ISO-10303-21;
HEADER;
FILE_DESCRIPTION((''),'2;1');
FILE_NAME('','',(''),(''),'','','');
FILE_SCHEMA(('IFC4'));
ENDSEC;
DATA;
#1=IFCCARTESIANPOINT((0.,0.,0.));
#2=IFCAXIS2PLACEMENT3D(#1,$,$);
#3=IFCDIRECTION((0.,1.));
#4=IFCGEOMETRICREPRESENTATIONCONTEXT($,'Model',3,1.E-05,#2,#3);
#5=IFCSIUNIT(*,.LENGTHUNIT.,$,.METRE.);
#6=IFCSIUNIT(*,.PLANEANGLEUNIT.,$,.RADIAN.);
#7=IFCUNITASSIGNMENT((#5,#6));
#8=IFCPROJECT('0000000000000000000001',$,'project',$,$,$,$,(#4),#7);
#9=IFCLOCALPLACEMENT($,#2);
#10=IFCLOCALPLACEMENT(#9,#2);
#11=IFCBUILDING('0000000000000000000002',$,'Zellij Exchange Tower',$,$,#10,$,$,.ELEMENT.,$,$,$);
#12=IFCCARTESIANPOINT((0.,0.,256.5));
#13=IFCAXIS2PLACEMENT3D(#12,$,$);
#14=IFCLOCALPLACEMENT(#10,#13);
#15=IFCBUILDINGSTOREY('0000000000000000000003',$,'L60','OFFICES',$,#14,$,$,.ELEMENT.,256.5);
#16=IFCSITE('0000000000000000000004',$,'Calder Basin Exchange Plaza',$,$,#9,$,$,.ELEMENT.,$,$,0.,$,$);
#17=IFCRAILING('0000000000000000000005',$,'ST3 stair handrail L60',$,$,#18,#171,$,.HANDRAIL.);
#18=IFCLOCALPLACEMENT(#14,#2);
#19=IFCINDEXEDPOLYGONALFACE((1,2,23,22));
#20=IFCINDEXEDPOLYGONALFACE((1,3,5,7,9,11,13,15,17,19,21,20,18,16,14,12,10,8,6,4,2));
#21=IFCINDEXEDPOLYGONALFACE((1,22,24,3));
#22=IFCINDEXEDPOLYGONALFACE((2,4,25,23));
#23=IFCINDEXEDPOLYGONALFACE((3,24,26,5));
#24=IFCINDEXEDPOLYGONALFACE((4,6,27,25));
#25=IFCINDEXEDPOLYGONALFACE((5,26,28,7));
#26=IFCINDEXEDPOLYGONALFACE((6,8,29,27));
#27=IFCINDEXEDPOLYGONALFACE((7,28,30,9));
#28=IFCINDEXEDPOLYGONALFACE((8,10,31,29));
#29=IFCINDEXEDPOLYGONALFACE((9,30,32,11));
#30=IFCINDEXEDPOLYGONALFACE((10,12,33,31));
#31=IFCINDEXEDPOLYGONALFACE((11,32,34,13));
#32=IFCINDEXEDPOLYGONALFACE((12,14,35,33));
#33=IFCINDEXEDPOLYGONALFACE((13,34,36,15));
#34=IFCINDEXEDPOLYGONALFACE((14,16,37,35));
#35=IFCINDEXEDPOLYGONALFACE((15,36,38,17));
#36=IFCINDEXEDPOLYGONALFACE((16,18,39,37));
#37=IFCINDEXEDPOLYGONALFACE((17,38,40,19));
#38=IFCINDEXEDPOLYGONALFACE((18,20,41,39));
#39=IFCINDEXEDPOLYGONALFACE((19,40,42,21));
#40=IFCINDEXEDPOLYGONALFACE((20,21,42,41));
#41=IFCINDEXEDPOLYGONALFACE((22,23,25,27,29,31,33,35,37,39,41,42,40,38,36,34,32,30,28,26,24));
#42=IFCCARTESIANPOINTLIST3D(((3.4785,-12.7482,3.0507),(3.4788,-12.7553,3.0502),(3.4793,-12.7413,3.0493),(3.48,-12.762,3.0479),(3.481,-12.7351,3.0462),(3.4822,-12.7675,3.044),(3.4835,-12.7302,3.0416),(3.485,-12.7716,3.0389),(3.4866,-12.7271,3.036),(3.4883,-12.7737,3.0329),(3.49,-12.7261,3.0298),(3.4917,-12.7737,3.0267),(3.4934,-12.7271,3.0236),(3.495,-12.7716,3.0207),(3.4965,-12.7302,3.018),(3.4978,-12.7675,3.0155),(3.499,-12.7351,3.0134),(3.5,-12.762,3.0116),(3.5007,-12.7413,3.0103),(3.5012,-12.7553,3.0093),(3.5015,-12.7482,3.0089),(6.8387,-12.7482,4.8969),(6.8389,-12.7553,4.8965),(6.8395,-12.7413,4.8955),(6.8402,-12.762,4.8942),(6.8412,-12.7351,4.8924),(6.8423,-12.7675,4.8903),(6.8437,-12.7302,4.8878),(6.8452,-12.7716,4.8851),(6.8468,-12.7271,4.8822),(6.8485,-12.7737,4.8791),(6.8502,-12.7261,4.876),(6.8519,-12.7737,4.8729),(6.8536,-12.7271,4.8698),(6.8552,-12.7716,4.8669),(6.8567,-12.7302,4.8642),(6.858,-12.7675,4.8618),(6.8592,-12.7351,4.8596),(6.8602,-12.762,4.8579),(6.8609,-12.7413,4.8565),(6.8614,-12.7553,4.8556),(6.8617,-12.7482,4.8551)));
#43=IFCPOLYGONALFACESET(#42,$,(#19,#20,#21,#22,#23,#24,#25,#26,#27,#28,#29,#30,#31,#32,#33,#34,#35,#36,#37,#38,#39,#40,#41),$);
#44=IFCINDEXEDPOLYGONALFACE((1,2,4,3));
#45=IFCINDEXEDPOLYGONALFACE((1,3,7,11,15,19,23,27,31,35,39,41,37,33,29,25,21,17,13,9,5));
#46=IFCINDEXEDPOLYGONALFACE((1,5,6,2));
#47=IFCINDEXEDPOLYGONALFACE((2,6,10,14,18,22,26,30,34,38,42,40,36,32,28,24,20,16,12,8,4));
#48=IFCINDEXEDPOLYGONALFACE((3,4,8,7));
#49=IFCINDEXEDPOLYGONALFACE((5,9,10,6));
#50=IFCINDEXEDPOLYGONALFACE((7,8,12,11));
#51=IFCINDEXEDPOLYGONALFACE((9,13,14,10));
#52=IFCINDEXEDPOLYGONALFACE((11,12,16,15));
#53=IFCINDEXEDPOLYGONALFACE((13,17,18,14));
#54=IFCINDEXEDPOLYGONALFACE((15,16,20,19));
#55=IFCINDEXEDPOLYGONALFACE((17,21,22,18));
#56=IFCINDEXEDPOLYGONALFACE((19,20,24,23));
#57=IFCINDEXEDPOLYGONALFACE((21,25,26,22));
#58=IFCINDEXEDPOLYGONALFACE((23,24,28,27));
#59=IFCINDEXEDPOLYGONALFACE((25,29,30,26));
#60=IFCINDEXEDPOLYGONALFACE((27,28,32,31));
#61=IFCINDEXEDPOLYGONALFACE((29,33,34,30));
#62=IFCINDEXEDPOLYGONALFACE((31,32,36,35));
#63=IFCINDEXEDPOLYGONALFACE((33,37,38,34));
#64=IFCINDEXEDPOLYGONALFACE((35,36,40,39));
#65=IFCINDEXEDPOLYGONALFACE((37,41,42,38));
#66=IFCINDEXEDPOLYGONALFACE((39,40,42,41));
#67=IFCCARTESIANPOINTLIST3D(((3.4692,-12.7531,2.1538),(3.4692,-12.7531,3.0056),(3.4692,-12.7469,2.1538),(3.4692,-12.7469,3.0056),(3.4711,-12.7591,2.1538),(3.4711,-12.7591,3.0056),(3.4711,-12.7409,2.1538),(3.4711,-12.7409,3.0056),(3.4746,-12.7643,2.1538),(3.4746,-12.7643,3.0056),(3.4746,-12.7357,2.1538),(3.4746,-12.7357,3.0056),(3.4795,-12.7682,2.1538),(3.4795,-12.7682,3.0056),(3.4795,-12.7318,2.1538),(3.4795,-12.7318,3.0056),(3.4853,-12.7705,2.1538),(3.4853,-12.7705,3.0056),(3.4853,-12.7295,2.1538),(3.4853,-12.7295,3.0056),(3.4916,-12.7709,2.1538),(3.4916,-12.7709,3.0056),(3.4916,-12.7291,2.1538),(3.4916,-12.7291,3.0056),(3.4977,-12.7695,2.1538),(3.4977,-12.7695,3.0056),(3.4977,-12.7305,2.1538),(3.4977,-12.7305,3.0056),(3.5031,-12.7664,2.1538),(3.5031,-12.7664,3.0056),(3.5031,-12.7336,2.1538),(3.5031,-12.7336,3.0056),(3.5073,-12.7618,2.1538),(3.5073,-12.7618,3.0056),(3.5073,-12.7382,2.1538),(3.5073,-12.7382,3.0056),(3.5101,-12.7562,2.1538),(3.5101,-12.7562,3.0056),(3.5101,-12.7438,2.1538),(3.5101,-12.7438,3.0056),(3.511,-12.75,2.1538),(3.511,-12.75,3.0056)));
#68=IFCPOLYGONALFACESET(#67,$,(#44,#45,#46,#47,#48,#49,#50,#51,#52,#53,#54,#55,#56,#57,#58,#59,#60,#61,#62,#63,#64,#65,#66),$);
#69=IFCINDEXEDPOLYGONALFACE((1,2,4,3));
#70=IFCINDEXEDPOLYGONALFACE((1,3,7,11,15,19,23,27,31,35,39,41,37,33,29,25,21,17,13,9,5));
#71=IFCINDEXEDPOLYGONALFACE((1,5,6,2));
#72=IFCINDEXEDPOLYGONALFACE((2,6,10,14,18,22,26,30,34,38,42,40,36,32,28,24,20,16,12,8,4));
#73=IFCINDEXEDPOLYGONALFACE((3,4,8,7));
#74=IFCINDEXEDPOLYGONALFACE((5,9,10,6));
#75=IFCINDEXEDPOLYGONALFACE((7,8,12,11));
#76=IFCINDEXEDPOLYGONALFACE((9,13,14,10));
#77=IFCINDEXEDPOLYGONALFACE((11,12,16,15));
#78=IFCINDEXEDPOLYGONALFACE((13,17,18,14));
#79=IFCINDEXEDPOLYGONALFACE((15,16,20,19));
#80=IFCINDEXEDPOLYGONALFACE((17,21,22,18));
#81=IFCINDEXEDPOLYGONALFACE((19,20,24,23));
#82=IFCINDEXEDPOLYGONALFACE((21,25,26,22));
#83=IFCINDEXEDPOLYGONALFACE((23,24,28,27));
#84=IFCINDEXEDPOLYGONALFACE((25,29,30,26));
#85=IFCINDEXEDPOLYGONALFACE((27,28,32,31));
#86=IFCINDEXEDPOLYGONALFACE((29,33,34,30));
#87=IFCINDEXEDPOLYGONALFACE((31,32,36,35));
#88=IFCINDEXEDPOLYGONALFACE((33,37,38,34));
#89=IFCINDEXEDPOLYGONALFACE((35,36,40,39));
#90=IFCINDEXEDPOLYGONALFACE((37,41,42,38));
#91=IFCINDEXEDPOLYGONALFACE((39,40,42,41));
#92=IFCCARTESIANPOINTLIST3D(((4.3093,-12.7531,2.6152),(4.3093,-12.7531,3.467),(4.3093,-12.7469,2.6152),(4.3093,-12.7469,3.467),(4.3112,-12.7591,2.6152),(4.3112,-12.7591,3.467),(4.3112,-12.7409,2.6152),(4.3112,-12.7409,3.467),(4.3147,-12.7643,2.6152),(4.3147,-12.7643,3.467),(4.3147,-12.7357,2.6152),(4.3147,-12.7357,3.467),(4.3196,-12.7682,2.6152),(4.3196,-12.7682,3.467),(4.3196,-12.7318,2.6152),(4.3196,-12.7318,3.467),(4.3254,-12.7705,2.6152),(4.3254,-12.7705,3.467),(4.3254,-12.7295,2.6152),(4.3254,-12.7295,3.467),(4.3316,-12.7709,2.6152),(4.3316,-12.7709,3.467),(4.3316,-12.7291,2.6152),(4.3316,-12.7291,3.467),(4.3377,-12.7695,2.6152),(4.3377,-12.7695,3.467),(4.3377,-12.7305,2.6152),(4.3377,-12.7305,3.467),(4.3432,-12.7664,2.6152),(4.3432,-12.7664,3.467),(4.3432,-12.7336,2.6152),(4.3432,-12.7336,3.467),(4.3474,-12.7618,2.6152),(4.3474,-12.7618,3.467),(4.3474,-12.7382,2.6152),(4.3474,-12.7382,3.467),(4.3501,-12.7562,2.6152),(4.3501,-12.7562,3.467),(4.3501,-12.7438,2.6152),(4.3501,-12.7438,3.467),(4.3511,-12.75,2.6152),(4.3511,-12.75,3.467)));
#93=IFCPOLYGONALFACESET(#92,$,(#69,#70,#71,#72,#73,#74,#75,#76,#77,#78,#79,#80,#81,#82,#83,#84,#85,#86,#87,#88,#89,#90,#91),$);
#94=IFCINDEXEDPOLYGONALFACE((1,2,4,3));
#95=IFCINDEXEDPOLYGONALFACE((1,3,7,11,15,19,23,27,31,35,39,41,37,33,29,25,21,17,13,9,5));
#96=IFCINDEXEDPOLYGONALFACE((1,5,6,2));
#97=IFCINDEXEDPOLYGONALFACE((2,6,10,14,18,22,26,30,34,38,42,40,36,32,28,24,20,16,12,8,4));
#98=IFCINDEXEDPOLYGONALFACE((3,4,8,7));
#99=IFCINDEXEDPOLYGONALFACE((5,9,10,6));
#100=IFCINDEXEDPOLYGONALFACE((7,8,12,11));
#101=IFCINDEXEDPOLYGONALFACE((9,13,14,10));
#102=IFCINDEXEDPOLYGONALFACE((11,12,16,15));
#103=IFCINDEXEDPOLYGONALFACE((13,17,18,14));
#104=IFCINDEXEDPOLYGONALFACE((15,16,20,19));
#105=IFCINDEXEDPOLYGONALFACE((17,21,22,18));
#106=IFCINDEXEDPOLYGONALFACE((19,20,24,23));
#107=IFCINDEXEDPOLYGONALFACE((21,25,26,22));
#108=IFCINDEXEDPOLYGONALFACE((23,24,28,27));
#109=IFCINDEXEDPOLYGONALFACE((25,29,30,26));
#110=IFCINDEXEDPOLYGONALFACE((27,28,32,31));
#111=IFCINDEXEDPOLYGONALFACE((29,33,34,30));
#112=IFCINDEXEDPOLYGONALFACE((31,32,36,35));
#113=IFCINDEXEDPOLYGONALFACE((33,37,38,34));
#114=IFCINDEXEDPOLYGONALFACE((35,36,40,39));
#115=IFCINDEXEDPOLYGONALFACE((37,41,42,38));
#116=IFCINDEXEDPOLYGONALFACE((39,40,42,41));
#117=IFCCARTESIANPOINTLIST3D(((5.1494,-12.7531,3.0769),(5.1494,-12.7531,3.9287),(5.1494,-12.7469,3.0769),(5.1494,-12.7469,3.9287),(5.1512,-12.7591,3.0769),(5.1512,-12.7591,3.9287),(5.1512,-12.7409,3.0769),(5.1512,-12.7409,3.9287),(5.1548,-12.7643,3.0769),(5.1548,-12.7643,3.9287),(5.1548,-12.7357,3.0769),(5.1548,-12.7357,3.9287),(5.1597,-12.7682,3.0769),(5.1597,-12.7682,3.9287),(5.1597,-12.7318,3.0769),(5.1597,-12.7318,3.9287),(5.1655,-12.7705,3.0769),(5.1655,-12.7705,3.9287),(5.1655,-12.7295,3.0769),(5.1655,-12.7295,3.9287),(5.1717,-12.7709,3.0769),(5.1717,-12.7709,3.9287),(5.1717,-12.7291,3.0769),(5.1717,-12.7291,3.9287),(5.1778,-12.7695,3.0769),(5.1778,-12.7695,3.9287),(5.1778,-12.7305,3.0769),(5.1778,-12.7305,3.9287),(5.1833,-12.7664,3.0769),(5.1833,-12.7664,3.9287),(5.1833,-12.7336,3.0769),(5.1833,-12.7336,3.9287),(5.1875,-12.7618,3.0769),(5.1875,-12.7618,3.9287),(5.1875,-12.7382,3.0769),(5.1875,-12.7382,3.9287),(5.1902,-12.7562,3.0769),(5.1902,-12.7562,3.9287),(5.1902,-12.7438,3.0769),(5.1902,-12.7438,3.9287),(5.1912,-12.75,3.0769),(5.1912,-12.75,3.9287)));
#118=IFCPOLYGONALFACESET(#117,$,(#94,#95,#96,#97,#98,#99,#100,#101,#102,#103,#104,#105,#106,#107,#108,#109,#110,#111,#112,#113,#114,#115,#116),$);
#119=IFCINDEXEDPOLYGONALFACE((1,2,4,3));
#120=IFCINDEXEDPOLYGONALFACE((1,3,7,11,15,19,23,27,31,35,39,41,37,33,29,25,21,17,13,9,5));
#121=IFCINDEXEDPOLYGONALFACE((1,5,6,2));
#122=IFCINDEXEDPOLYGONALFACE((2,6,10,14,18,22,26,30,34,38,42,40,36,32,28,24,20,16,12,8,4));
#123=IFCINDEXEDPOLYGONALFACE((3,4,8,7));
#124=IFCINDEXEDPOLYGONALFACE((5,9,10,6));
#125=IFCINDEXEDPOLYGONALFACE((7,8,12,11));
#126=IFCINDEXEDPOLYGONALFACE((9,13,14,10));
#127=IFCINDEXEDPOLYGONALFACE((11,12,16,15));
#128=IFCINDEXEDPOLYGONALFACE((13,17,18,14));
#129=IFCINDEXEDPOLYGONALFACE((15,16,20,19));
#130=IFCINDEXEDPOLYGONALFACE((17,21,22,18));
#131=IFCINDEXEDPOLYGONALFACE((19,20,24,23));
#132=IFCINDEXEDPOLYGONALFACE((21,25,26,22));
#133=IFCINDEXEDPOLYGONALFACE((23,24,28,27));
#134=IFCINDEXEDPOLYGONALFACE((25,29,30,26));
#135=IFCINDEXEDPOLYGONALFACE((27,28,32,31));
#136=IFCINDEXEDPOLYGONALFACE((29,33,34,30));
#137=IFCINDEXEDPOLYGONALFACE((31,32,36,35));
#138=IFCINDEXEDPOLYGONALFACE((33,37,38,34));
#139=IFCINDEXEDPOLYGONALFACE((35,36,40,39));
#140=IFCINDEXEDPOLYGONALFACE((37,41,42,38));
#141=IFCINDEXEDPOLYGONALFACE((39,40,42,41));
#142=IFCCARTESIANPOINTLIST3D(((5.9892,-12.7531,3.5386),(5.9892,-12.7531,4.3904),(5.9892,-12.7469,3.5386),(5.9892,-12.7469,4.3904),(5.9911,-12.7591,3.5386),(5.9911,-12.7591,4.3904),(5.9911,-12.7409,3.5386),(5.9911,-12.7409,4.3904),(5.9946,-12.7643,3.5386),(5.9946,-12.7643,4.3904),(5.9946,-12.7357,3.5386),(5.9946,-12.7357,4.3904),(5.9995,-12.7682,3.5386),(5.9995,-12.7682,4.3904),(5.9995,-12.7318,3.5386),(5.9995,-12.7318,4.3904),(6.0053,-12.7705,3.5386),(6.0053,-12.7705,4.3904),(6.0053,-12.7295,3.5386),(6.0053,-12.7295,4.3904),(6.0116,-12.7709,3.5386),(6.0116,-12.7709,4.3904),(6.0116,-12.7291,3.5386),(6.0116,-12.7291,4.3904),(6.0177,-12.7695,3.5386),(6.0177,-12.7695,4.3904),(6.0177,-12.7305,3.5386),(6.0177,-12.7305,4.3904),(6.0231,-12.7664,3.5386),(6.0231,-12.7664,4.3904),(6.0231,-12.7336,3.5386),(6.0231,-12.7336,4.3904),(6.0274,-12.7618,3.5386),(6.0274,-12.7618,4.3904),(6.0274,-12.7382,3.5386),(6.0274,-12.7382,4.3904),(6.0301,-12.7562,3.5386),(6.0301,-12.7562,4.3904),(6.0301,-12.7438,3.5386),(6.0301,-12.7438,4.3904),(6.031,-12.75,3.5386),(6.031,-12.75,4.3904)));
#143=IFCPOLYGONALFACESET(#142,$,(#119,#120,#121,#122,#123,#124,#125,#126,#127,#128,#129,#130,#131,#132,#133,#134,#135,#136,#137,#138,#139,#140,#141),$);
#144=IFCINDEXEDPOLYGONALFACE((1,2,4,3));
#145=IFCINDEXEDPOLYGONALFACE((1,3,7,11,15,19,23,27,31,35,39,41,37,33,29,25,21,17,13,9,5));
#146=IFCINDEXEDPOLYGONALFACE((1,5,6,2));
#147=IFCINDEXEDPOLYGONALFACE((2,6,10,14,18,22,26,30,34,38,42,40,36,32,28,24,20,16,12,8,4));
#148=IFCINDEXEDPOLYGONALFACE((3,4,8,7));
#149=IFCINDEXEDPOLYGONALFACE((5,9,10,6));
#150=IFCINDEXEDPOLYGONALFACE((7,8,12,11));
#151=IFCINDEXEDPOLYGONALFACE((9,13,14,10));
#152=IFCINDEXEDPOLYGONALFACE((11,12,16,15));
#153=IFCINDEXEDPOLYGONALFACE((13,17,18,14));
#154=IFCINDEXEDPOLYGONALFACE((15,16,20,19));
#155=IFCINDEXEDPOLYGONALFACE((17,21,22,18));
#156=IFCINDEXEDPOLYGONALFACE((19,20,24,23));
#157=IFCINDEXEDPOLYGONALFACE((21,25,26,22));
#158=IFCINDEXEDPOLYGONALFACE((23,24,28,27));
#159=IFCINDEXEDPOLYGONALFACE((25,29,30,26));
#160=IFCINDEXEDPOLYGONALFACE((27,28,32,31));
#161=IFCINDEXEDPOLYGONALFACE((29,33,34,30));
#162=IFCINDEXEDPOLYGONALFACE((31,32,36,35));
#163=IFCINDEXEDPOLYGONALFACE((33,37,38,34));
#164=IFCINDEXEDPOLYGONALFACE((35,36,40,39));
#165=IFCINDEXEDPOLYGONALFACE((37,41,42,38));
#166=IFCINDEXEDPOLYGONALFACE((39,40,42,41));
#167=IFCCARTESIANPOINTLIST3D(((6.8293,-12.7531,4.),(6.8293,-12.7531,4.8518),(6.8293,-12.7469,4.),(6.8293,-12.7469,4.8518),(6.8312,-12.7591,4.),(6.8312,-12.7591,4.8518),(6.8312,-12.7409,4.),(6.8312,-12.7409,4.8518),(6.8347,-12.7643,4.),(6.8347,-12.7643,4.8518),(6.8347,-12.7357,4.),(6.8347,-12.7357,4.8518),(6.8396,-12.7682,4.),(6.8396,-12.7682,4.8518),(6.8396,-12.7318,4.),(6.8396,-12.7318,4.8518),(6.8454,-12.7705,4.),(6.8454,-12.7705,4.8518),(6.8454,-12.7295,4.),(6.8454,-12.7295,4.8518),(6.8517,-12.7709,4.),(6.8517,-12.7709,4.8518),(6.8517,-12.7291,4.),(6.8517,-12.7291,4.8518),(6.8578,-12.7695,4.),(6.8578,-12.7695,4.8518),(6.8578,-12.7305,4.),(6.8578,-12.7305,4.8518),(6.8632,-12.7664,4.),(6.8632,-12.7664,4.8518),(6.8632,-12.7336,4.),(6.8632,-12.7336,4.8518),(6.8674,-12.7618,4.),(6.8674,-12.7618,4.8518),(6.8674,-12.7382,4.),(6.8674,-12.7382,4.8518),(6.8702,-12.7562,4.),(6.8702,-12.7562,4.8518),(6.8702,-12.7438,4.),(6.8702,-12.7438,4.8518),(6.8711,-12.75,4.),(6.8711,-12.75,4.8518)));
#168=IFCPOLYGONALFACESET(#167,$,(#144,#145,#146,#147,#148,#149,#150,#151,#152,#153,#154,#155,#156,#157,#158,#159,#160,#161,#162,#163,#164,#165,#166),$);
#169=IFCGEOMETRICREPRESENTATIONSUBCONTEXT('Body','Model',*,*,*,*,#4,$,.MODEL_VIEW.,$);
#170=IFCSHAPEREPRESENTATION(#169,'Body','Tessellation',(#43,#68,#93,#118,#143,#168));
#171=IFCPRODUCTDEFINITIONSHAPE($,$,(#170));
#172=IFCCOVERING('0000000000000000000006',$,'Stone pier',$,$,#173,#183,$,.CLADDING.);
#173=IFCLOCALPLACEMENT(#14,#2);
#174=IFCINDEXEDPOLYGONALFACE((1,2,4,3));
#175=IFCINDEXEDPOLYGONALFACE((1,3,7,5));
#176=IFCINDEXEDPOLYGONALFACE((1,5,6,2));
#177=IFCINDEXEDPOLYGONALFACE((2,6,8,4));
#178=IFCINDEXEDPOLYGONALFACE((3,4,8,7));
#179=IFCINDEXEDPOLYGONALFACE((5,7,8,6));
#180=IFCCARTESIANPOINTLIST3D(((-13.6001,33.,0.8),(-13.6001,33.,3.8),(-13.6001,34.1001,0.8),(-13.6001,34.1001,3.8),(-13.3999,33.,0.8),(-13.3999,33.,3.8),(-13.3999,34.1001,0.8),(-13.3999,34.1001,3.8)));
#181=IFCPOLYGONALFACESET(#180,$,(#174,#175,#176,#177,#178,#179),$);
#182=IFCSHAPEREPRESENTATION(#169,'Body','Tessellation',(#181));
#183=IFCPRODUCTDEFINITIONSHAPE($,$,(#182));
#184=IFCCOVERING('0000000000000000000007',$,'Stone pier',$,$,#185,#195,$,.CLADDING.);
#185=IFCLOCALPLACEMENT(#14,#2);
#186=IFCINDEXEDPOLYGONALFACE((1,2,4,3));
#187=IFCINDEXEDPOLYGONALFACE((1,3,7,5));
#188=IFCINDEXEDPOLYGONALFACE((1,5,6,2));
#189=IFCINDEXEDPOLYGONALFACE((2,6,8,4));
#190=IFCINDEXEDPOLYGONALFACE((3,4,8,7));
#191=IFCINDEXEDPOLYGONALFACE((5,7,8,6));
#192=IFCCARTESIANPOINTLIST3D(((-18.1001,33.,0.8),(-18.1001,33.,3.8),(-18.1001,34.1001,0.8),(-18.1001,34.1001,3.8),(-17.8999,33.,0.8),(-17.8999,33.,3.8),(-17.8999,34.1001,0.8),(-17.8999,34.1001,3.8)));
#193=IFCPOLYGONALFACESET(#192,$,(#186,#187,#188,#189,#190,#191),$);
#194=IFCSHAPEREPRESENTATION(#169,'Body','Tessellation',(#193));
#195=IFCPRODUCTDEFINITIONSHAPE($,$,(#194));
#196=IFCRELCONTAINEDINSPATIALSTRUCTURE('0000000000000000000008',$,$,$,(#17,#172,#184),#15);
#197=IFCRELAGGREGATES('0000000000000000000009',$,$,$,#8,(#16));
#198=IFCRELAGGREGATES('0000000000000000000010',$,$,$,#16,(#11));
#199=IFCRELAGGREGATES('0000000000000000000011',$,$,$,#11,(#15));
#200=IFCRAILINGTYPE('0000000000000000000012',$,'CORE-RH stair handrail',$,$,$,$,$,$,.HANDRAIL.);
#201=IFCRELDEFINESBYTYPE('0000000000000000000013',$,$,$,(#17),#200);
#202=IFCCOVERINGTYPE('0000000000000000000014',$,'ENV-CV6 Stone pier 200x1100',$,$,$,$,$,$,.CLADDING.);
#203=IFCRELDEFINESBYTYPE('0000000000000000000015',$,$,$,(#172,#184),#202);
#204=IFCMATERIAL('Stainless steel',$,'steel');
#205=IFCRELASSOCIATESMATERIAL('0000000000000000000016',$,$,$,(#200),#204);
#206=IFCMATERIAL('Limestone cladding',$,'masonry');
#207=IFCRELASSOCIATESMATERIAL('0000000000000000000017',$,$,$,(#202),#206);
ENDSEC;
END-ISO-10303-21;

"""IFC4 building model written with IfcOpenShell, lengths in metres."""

from ifc_helpers import new_model, si_unit, direction, frame, origin, origin_2d, place, context, subcontext, project, spatial, polyline, circle, outline, extrude, material, type_object, element, save


model = new_model("IFC4")

# Units and contexts
model_context = context("Model", 3, precision=1e-05, world=origin(), true_north=direction((0.0, 1.0)))
body_context = subcontext(model_context, "Body", "Model", "MODEL_VIEW")
ifc_project = project(units=[si_unit("LENGTHUNIT", "METRE"), si_unit("PLANEANGLEUNIT", "RADIAN")], contexts=[model_context])

# Site, building, storey
site_placement = place(None, origin())
site = spatial("IfcSite", under=ifc_project, at=site_placement, Name="Calder Basin Exchange Plaza", CompositionType="ELEMENT", RefElevation=0.0)
building_placement = place(site_placement, origin())
building = spatial("IfcBuilding", under=site, at=building_placement, Name="Zellij Exchange Tower", CompositionType="ELEMENT")
storey_placement = place(building_placement, frame((0.0, 0.0, 256.5)))
storey = spatial("IfcBuildingStorey", under=building, at=storey_placement, Name="L60", Description="OFFICES", CompositionType="ELEMENT", Elevation=256.5)

# Railing
ifc_material_1 = material(Name="Stainless steel", Category="steel")
railing_type_1 = type_object("IfcRailingType", Name="CORE-RH stair handrail", PredefinedType="HANDRAIL", material=ifc_material_1)
railing_1_placement = place(storey_placement, frame((3.49, -12.75, 2.1538)))
element("IfcRailing", 1, at=railing_1_placement, inside=storey, type_object=railing_type_1, Name="ST3 stair handrail L60", PredefinedType="HANDRAIL", context=body_context, shape_type="SweptSolid", body=[
    extrude(circle(Radius=0.0239, at=origin_2d()), frame((0.0, 0.0, 0.876), z_axis=(0.876422, 0.0, 0.481545), x_axis=(0.0, 1.0, 0.0)), (0.0, 0.0, 1.0), 3.834),
    extrude(circle(Radius=0.021, at=origin_2d()), origin(), (0.0, 0.0, 1.0), 0.8518),
    extrude(circle(Radius=0.021, at=origin_2d()), frame((0.8401, 0.0, 0.4614)), (0.0, 0.0, 1.0), 0.8518),
    extrude(circle(Radius=0.021, at=origin_2d()), frame((1.6802, 0.0, 0.9231)), (0.0, 0.0, 1.0), 0.8518),
    extrude(circle(Radius=0.021, at=origin_2d()), frame((2.52, 0.0, 1.3848)), (0.0, 0.0, 1.0), 0.8518),
    extrude(circle(Radius=0.021, at=origin_2d()), frame((3.3601, 0.0, 1.8462)), (0.0, 0.0, 1.0), 0.8518),
])

# Coverings
ifc_material_2 = material(Name="Limestone cladding", Category="masonry")
covering_type = type_object("IfcCoveringType", Name="ENV-CV6 Stone pier 200x1100", PredefinedType="CLADDING", material=ifc_material_2)
covering_1_placement = place(storey_placement, frame((0.0, 0.0, 0.8)))
element("IfcCovering", 2, at=covering_1_placement, inside=storey, type_object=covering_type, Name="Stone pier", PredefinedType="CLADDING", context=body_context, shape_type="SweptSolid", body=[
    extrude(outline(polyline([(-13.3999, 33.0), (-13.6001, 33.0), (-13.6001, 34.1001), (-13.3999, 34.1001), (-13.3999, 33.0)])), origin(), (0.0, 0.0, 1.0), 3.0),
])
covering_2_placement = place(storey_placement, frame((0.0, 0.0, 0.8)))
element("IfcCovering", 3, at=covering_2_placement, inside=storey, type_object=covering_type, Name="Stone pier", PredefinedType="CLADDING", context=body_context, shape_type="SweptSolid", body=[
    extrude(outline(polyline([(-17.8999, 33.0), (-18.1001, 33.0), (-18.1001, 34.1001), (-17.8999, 34.1001), (-17.8999, 33.0)])), origin(), (0.0, 0.0, 1.0), 3.0),
])

save(model, "model.ifc")
